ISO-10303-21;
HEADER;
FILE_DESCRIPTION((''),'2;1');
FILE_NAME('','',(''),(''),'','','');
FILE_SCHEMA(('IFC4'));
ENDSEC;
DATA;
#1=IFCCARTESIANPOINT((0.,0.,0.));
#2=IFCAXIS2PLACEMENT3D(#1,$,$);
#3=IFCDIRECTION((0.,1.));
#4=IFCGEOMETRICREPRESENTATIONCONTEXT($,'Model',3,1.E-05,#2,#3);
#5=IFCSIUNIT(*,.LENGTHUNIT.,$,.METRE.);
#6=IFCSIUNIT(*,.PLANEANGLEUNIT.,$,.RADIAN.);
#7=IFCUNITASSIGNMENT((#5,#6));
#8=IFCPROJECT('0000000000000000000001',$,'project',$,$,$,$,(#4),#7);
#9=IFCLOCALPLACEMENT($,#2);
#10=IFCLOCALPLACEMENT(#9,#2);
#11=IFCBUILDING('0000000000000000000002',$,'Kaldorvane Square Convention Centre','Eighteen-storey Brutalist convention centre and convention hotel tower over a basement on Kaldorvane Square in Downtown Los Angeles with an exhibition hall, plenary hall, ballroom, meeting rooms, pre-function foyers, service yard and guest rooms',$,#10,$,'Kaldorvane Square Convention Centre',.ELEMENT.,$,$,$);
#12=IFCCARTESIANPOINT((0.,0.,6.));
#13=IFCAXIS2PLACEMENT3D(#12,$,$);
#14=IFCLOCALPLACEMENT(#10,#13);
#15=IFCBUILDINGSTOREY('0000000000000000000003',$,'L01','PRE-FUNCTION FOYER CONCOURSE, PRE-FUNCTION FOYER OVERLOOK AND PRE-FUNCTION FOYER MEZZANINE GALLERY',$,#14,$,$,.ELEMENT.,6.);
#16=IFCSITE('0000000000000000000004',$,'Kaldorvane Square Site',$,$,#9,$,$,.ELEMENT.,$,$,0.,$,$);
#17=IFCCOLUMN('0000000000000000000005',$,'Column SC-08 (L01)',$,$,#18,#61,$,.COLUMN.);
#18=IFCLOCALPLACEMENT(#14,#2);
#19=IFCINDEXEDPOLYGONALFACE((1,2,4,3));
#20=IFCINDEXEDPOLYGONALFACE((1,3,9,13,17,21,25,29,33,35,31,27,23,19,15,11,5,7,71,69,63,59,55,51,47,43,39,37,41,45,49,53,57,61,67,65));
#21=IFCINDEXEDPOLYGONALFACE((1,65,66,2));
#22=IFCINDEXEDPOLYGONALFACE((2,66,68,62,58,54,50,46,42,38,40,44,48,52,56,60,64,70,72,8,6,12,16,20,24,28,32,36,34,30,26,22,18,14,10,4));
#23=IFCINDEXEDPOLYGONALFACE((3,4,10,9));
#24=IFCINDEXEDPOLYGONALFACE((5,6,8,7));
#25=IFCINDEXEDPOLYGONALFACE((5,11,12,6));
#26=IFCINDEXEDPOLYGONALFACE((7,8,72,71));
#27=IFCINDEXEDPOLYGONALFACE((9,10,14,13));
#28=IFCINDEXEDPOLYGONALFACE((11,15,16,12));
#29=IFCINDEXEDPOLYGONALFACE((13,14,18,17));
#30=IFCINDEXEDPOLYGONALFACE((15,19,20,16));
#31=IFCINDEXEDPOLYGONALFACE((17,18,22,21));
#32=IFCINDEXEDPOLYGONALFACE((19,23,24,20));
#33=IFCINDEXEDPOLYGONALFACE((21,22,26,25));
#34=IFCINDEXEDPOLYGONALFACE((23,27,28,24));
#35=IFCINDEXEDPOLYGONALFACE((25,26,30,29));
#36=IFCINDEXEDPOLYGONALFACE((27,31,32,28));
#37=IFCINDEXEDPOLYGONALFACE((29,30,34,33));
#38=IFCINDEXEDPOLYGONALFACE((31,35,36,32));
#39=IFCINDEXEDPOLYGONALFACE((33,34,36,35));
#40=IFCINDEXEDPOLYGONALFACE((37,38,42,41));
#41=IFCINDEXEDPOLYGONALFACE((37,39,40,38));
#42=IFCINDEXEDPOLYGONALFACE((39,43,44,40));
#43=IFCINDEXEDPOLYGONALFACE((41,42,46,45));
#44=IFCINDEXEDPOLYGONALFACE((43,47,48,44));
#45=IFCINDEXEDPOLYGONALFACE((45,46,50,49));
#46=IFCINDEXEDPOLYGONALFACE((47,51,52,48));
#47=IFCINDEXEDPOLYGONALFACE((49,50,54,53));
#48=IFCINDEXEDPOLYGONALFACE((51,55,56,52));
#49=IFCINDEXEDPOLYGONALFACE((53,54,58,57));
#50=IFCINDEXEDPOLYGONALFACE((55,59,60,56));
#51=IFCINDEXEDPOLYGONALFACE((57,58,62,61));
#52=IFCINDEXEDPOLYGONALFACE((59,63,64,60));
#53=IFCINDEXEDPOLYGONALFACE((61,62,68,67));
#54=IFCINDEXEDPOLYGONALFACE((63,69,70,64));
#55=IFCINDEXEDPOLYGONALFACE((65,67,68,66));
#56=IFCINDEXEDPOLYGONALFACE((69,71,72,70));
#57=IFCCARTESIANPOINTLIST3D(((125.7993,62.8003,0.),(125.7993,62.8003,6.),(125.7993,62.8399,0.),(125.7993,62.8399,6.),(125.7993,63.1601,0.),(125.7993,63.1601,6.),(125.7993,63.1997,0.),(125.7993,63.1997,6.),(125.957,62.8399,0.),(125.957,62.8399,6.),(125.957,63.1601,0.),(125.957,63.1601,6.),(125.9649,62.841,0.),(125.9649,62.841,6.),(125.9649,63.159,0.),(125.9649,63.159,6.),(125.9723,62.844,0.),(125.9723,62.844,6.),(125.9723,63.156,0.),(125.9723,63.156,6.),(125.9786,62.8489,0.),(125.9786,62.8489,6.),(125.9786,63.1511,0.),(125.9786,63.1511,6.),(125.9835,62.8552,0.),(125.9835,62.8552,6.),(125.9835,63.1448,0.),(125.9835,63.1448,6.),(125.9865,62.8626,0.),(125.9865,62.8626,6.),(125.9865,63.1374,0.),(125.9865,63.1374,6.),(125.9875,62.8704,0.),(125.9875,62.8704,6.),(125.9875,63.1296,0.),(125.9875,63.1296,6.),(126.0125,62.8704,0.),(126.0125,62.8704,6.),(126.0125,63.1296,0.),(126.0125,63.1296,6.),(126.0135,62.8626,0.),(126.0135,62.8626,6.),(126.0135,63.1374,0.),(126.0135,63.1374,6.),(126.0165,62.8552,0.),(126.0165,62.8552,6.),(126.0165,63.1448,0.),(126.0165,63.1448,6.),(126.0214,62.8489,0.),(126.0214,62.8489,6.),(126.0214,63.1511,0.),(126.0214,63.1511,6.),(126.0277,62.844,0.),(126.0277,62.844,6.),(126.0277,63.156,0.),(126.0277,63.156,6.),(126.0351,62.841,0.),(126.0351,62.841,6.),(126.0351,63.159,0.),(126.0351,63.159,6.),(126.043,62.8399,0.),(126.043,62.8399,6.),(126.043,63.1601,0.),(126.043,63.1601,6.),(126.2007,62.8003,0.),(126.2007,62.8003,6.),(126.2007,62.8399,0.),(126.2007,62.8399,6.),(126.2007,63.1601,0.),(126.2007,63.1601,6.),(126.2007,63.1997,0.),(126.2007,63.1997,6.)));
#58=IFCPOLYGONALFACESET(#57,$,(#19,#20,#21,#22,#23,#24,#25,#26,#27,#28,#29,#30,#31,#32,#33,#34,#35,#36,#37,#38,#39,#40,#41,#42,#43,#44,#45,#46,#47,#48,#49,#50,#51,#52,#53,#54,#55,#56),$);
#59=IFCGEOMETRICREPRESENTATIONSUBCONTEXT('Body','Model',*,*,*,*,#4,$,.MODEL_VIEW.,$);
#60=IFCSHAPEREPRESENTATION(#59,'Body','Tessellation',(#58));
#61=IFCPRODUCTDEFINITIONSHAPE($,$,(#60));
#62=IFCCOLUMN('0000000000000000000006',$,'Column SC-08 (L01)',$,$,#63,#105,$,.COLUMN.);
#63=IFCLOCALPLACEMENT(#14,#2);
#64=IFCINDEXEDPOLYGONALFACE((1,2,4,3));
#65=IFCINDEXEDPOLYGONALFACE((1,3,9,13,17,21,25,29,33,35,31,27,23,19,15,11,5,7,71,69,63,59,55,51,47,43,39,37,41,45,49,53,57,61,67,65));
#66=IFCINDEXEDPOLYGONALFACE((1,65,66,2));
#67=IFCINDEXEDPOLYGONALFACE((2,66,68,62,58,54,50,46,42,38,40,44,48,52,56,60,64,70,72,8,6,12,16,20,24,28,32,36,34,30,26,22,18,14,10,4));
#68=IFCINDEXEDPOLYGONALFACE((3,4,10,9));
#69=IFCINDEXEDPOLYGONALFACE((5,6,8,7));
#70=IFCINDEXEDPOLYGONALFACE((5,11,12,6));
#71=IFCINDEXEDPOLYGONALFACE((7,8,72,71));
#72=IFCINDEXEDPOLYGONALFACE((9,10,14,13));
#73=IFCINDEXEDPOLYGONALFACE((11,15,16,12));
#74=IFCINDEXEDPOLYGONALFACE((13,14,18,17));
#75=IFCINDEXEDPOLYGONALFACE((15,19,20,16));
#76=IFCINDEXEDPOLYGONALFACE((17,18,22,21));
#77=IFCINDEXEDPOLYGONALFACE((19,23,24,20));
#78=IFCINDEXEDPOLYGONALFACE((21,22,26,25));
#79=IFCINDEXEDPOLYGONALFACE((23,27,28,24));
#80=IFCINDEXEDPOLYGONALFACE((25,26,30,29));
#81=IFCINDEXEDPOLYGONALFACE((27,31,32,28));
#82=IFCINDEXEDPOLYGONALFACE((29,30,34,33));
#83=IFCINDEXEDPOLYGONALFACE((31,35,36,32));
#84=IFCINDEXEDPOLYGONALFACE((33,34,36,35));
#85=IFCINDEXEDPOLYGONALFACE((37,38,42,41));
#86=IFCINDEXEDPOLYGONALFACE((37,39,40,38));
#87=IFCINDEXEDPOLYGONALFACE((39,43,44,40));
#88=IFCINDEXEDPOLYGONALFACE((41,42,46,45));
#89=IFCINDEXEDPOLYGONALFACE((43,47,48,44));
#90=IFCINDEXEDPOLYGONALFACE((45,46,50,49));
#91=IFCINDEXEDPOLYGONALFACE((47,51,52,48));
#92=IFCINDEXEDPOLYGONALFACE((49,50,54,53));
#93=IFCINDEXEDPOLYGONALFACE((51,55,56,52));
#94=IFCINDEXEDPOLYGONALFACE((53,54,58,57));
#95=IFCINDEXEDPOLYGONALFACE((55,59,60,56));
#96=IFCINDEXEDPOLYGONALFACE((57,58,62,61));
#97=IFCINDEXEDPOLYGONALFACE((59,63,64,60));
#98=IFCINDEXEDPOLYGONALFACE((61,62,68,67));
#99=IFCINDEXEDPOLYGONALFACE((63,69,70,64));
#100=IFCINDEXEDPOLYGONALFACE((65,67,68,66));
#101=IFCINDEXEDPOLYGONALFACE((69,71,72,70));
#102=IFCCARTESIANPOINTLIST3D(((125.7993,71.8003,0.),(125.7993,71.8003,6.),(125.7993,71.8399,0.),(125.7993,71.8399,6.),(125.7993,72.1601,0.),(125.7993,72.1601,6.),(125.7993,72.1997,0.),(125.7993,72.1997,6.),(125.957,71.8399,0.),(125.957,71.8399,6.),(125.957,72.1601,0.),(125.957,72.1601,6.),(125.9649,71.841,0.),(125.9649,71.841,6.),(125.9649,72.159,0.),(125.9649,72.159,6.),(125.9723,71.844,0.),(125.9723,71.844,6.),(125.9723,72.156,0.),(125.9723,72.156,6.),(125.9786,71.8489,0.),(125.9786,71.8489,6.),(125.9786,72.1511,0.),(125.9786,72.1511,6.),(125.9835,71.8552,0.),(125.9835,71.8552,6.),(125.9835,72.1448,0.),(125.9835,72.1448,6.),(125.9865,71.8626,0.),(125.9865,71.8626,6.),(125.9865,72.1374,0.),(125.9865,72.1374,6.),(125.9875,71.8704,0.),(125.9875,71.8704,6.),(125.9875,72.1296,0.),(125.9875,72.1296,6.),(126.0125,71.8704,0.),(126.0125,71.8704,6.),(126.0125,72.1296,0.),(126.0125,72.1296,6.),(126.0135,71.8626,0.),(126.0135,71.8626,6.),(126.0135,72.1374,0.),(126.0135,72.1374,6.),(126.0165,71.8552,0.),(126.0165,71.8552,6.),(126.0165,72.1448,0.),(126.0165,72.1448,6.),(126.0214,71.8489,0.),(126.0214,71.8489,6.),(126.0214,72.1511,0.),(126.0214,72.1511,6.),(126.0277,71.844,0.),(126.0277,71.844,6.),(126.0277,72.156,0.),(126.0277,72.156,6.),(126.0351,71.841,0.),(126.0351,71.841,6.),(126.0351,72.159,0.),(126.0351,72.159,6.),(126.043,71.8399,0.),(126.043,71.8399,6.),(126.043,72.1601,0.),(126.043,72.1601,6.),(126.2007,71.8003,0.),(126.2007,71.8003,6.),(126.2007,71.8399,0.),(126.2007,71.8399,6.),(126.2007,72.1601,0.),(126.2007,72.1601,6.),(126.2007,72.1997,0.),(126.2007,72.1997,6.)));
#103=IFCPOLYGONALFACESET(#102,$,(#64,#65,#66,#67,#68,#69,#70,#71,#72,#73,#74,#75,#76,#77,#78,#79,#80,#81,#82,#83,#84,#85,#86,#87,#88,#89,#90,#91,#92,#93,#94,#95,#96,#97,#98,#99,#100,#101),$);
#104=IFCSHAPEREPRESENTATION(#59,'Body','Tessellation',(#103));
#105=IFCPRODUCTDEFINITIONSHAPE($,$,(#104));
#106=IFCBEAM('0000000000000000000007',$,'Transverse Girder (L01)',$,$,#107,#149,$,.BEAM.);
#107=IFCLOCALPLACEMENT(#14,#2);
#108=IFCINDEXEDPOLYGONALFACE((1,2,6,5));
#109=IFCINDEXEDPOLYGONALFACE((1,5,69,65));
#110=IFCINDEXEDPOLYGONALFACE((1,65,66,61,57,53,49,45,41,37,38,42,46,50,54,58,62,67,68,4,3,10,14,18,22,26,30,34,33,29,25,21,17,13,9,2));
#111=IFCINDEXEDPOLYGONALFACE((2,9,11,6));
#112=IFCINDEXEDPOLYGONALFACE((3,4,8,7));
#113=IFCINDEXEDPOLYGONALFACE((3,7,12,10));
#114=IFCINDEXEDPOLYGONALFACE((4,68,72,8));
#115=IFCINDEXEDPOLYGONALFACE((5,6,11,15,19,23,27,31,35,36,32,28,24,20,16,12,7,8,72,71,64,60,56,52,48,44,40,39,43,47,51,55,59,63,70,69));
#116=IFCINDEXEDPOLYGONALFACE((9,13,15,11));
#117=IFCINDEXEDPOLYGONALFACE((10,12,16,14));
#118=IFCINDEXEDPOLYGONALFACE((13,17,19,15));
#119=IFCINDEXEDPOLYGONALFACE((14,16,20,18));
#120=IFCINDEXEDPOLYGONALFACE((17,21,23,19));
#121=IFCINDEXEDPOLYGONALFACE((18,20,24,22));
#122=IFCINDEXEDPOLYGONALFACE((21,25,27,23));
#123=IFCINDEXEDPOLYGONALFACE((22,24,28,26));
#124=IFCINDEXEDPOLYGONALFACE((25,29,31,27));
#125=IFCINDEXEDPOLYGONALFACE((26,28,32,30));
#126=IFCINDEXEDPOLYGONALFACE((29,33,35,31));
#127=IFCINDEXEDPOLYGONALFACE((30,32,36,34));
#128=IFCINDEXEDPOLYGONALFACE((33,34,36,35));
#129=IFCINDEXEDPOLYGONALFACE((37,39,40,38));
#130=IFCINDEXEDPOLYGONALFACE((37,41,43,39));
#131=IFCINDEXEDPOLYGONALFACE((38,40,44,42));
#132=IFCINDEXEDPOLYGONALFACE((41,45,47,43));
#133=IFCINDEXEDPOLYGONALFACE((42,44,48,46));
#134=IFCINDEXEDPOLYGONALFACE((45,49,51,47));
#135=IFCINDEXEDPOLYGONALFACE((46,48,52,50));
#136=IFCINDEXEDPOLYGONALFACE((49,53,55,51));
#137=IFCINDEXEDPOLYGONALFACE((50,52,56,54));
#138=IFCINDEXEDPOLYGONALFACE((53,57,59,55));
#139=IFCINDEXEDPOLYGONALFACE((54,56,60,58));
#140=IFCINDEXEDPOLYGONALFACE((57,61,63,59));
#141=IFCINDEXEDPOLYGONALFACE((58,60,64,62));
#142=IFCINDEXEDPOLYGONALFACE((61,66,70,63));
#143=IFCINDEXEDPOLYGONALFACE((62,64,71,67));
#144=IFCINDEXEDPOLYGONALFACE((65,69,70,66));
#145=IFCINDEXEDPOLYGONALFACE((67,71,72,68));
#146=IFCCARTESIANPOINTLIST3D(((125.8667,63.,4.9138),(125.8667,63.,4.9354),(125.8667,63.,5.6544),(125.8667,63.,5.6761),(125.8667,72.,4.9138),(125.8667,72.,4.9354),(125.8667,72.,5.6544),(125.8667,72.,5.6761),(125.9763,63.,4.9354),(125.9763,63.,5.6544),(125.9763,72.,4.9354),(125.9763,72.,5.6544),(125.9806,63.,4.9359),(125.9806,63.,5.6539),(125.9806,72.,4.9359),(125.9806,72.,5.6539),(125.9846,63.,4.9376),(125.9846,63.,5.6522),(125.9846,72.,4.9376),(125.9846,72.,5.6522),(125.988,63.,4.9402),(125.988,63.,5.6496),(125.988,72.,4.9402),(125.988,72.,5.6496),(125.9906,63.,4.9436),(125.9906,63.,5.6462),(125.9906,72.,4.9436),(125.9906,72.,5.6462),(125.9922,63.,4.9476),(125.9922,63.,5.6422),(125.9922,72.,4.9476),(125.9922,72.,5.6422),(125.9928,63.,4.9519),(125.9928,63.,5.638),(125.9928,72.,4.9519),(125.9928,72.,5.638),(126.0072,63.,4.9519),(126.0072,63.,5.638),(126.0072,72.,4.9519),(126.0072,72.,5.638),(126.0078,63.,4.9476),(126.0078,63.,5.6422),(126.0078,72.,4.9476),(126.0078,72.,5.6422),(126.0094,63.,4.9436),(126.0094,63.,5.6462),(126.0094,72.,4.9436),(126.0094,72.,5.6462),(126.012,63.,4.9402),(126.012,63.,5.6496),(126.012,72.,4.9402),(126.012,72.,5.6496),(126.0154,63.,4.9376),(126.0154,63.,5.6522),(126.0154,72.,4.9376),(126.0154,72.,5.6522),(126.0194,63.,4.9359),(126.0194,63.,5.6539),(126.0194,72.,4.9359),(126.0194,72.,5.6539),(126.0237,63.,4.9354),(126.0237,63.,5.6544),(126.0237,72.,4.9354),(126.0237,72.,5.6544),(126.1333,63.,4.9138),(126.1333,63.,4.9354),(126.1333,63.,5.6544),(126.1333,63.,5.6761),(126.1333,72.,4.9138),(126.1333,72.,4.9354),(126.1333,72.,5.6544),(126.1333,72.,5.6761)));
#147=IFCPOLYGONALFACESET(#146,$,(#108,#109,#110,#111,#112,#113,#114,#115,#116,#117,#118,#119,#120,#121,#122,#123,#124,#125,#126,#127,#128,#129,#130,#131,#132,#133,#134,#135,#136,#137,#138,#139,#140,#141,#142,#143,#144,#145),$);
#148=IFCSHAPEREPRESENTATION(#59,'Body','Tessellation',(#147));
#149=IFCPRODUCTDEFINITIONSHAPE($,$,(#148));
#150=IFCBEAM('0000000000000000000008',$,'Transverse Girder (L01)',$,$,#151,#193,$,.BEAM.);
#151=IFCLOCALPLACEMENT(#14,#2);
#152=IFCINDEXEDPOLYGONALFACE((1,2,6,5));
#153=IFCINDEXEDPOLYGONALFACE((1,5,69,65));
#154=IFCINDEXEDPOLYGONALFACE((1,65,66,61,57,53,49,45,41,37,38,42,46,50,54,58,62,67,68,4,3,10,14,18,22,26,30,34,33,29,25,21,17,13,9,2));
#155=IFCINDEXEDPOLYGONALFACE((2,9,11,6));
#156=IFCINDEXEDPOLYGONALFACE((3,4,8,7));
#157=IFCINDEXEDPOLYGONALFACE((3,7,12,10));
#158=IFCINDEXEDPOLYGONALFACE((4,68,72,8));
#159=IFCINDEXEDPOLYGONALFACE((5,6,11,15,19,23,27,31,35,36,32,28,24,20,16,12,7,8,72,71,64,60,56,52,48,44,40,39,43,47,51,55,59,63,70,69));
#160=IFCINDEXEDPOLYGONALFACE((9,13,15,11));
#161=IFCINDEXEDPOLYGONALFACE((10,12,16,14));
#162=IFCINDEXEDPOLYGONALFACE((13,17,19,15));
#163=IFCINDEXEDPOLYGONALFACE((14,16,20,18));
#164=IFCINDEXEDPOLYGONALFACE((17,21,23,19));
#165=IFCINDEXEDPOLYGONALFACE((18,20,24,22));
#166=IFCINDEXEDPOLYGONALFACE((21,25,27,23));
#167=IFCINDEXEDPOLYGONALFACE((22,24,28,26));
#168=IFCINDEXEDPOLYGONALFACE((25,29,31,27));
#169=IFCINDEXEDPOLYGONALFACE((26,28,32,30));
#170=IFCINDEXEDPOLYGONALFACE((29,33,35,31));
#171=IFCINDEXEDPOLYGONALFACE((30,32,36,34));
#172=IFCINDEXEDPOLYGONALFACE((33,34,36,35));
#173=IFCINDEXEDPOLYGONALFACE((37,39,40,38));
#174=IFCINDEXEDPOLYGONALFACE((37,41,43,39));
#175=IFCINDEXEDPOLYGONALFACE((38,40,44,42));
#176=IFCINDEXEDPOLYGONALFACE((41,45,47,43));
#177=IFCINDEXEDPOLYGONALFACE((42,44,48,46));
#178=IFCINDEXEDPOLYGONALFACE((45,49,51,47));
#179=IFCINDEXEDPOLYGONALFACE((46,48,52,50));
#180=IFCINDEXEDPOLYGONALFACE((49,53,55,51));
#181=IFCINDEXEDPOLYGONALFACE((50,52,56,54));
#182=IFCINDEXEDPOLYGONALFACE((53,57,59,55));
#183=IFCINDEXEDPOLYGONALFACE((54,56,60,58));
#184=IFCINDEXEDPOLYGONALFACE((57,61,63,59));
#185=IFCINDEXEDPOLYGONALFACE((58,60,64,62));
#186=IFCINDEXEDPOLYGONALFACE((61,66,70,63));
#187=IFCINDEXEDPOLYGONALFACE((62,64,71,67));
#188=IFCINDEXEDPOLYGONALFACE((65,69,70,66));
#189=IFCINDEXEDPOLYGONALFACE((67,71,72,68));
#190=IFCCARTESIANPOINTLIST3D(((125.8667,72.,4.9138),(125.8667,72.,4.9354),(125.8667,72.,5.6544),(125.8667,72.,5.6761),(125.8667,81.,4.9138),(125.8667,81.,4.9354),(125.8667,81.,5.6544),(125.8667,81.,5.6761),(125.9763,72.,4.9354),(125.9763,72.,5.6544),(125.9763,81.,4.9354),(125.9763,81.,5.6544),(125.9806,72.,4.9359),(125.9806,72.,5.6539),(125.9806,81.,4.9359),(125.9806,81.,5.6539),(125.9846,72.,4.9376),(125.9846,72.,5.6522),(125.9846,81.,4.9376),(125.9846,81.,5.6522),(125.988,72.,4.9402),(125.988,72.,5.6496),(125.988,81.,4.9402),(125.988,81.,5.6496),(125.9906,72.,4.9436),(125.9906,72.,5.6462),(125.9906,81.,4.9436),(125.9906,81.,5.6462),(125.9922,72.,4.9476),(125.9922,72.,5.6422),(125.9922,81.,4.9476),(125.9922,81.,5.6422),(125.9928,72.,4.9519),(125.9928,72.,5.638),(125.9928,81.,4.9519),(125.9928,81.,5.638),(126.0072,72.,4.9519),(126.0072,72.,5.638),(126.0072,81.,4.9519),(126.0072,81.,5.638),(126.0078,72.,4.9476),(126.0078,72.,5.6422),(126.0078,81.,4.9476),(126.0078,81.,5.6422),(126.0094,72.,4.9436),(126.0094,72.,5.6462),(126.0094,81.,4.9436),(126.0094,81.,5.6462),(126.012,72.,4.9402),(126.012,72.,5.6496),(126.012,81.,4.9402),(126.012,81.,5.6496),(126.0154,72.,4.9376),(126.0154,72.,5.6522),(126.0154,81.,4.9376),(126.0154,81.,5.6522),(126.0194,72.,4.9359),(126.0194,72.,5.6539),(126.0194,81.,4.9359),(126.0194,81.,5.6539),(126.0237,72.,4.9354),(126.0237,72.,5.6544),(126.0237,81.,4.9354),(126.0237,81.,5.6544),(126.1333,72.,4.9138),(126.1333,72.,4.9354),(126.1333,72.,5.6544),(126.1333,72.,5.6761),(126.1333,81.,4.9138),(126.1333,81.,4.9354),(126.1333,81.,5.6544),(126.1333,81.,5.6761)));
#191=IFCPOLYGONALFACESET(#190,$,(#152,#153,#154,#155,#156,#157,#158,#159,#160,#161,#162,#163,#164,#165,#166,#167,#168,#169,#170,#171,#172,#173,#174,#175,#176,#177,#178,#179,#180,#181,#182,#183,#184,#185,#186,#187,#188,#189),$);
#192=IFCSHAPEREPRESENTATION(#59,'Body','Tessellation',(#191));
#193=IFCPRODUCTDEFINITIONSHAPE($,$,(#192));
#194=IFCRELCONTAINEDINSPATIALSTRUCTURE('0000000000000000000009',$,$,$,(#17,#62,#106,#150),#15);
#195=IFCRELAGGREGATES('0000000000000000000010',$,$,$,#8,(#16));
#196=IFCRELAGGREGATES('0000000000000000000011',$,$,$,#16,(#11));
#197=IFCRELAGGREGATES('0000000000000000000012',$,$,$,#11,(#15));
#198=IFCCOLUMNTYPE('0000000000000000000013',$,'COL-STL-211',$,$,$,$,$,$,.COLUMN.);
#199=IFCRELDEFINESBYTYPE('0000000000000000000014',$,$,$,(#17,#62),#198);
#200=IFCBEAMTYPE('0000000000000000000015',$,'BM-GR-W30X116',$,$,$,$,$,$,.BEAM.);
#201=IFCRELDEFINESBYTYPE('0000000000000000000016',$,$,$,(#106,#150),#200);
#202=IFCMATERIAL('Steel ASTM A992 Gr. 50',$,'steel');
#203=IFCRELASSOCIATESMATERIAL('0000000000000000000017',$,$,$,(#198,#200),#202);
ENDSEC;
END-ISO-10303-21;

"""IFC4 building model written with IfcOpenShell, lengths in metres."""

from ifc_helpers import new_model, si_unit, direction, frame, origin, origin_2d, place, context, subcontext, project, spatial, i_section, extrude, material, material_profile, profile_set, type_object, element, save


model = new_model("IFC4")

# Units and contexts
model_context = context("Model", 3, precision=1e-05, world=origin(), true_north=direction((0.0, 1.0)))
body_context = subcontext(model_context, "Body", "Model", "MODEL_VIEW")
ifc_project = project(units=[si_unit("LENGTHUNIT", "METRE"), si_unit("PLANEANGLEUNIT", "RADIAN")], contexts=[model_context])

# Site, building, storey
site_placement = place(None, origin())
site = spatial("IfcSite", under=ifc_project, at=site_placement, Name="Kaldorvane Square Site", CompositionType="ELEMENT", RefElevation=0.0)
building_placement = place(site_placement, origin())
building = spatial("IfcBuilding", under=site, at=building_placement, Name="Kaldorvane Square Convention Centre", Description="Eighteen-storey Brutalist convention centre and convention hotel tower over a basement on Kaldorvane Square in Downtown Los Angeles with an exhibition hall, plenary hall, ballroom, meeting rooms, pre-function foyers, service yard and guest rooms", LongName="Kaldorvane Square Convention Centre", CompositionType="ELEMENT")
storey_placement = place(building_placement, frame((0.0, 0.0, 6.0)))
storey = spatial("IfcBuildingStorey", under=building, at=storey_placement, Name="L01", Description="PRE-FUNCTION FOYER CONCOURSE, PRE-FUNCTION FOYER OVERLOOK AND PRE-FUNCTION FOYER MEZZANINE GALLERY", CompositionType="ELEMENT", Elevation=6.0)

# Columns
ifc_material_1 = material(Name="Steel ASTM A992 Gr. 50", Category="steel")
ifc_material_profile_1 = material_profile(ifc_material_1, i_section(OverallWidth=0.4013, OverallDepth=0.3993, WebThickness=0.0249, FlangeThickness=0.0396, FilletRadius=0.0305, at=origin_2d()), Name="W14X211")
ifc_profile_set_1 = profile_set([ifc_material_profile_1], Name="Steel ASTM A992 Gr. 50")
column_type = type_object("IfcColumnType", Name="COL-STL-211", PredefinedType="COLUMN", material=ifc_profile_set_1)
for number, where, z_axis, x_axis, name in (
    (1, (126.0, 63.0, 0.0), (0.0, 0.0, 1.0), (1.0, 0.0, 0.0), "Column SC-08 (L01)"),
    (2, (126.0, 72.0, 0.0), (0.0, 0.0, 1.0), (1.0, 0.0, 0.0), "Column SC-08 (L01)"),
):
    element("IfcColumn", number, at=place(storey_placement, frame(where, z_axis=z_axis, x_axis=x_axis)), inside=storey, type_object=column_type, Name=name, PredefinedType="COLUMN", context=body_context, shape_type="SweptSolid", body=[
        extrude(i_section(OverallWidth=0.4013, OverallDepth=0.3993, WebThickness=0.0249, FlangeThickness=0.0396, FilletRadius=0.0305, at=origin_2d()), origin(), (0.0, 0.0, 1.0), 6.0),
    ])

# Beams
ifc_material_profile_2 = material_profile(ifc_material_1, i_section(OverallWidth=0.2666, OverallDepth=0.7623, WebThickness=0.0144, FlangeThickness=0.0216, FilletRadius=0.0165, at=origin_2d()), Name="W30X116")
ifc_profile_set_2 = profile_set([ifc_material_profile_2], Name="Steel ASTM A992 Gr. 50")
beam_type_1 = type_object("IfcBeamType", Name="BM-GR-W30X116", PredefinedType="BEAM", material=ifc_profile_set_2)
for number, where, z_axis, x_axis, name in (
    (3, (126.0, 63.0, 5.2949), (0.0, 1.0, 0.0), (-1.0, 0.0, 0.0), "Transverse Girder (L01)"),
    (4, (126.0, 72.0, 5.2949), (0.0, 1.0, 0.0), (-1.0, 0.0, 0.0), "Transverse Girder (L01)"),
):
    element("IfcBeam", number, at=place(storey_placement, frame(where, z_axis=z_axis, x_axis=x_axis)), inside=storey, type_object=beam_type_1, Name=name, PredefinedType="BEAM", context=body_context, shape_type="SweptSolid", body=[
        extrude(i_section(OverallWidth=0.2666, OverallDepth=0.7623, WebThickness=0.0144, FlangeThickness=0.0216, FilletRadius=0.0165, at=origin_2d()), origin(), (0.0, 0.0, 1.0), 9.0),
    ])

save(model, "model.ifc")
